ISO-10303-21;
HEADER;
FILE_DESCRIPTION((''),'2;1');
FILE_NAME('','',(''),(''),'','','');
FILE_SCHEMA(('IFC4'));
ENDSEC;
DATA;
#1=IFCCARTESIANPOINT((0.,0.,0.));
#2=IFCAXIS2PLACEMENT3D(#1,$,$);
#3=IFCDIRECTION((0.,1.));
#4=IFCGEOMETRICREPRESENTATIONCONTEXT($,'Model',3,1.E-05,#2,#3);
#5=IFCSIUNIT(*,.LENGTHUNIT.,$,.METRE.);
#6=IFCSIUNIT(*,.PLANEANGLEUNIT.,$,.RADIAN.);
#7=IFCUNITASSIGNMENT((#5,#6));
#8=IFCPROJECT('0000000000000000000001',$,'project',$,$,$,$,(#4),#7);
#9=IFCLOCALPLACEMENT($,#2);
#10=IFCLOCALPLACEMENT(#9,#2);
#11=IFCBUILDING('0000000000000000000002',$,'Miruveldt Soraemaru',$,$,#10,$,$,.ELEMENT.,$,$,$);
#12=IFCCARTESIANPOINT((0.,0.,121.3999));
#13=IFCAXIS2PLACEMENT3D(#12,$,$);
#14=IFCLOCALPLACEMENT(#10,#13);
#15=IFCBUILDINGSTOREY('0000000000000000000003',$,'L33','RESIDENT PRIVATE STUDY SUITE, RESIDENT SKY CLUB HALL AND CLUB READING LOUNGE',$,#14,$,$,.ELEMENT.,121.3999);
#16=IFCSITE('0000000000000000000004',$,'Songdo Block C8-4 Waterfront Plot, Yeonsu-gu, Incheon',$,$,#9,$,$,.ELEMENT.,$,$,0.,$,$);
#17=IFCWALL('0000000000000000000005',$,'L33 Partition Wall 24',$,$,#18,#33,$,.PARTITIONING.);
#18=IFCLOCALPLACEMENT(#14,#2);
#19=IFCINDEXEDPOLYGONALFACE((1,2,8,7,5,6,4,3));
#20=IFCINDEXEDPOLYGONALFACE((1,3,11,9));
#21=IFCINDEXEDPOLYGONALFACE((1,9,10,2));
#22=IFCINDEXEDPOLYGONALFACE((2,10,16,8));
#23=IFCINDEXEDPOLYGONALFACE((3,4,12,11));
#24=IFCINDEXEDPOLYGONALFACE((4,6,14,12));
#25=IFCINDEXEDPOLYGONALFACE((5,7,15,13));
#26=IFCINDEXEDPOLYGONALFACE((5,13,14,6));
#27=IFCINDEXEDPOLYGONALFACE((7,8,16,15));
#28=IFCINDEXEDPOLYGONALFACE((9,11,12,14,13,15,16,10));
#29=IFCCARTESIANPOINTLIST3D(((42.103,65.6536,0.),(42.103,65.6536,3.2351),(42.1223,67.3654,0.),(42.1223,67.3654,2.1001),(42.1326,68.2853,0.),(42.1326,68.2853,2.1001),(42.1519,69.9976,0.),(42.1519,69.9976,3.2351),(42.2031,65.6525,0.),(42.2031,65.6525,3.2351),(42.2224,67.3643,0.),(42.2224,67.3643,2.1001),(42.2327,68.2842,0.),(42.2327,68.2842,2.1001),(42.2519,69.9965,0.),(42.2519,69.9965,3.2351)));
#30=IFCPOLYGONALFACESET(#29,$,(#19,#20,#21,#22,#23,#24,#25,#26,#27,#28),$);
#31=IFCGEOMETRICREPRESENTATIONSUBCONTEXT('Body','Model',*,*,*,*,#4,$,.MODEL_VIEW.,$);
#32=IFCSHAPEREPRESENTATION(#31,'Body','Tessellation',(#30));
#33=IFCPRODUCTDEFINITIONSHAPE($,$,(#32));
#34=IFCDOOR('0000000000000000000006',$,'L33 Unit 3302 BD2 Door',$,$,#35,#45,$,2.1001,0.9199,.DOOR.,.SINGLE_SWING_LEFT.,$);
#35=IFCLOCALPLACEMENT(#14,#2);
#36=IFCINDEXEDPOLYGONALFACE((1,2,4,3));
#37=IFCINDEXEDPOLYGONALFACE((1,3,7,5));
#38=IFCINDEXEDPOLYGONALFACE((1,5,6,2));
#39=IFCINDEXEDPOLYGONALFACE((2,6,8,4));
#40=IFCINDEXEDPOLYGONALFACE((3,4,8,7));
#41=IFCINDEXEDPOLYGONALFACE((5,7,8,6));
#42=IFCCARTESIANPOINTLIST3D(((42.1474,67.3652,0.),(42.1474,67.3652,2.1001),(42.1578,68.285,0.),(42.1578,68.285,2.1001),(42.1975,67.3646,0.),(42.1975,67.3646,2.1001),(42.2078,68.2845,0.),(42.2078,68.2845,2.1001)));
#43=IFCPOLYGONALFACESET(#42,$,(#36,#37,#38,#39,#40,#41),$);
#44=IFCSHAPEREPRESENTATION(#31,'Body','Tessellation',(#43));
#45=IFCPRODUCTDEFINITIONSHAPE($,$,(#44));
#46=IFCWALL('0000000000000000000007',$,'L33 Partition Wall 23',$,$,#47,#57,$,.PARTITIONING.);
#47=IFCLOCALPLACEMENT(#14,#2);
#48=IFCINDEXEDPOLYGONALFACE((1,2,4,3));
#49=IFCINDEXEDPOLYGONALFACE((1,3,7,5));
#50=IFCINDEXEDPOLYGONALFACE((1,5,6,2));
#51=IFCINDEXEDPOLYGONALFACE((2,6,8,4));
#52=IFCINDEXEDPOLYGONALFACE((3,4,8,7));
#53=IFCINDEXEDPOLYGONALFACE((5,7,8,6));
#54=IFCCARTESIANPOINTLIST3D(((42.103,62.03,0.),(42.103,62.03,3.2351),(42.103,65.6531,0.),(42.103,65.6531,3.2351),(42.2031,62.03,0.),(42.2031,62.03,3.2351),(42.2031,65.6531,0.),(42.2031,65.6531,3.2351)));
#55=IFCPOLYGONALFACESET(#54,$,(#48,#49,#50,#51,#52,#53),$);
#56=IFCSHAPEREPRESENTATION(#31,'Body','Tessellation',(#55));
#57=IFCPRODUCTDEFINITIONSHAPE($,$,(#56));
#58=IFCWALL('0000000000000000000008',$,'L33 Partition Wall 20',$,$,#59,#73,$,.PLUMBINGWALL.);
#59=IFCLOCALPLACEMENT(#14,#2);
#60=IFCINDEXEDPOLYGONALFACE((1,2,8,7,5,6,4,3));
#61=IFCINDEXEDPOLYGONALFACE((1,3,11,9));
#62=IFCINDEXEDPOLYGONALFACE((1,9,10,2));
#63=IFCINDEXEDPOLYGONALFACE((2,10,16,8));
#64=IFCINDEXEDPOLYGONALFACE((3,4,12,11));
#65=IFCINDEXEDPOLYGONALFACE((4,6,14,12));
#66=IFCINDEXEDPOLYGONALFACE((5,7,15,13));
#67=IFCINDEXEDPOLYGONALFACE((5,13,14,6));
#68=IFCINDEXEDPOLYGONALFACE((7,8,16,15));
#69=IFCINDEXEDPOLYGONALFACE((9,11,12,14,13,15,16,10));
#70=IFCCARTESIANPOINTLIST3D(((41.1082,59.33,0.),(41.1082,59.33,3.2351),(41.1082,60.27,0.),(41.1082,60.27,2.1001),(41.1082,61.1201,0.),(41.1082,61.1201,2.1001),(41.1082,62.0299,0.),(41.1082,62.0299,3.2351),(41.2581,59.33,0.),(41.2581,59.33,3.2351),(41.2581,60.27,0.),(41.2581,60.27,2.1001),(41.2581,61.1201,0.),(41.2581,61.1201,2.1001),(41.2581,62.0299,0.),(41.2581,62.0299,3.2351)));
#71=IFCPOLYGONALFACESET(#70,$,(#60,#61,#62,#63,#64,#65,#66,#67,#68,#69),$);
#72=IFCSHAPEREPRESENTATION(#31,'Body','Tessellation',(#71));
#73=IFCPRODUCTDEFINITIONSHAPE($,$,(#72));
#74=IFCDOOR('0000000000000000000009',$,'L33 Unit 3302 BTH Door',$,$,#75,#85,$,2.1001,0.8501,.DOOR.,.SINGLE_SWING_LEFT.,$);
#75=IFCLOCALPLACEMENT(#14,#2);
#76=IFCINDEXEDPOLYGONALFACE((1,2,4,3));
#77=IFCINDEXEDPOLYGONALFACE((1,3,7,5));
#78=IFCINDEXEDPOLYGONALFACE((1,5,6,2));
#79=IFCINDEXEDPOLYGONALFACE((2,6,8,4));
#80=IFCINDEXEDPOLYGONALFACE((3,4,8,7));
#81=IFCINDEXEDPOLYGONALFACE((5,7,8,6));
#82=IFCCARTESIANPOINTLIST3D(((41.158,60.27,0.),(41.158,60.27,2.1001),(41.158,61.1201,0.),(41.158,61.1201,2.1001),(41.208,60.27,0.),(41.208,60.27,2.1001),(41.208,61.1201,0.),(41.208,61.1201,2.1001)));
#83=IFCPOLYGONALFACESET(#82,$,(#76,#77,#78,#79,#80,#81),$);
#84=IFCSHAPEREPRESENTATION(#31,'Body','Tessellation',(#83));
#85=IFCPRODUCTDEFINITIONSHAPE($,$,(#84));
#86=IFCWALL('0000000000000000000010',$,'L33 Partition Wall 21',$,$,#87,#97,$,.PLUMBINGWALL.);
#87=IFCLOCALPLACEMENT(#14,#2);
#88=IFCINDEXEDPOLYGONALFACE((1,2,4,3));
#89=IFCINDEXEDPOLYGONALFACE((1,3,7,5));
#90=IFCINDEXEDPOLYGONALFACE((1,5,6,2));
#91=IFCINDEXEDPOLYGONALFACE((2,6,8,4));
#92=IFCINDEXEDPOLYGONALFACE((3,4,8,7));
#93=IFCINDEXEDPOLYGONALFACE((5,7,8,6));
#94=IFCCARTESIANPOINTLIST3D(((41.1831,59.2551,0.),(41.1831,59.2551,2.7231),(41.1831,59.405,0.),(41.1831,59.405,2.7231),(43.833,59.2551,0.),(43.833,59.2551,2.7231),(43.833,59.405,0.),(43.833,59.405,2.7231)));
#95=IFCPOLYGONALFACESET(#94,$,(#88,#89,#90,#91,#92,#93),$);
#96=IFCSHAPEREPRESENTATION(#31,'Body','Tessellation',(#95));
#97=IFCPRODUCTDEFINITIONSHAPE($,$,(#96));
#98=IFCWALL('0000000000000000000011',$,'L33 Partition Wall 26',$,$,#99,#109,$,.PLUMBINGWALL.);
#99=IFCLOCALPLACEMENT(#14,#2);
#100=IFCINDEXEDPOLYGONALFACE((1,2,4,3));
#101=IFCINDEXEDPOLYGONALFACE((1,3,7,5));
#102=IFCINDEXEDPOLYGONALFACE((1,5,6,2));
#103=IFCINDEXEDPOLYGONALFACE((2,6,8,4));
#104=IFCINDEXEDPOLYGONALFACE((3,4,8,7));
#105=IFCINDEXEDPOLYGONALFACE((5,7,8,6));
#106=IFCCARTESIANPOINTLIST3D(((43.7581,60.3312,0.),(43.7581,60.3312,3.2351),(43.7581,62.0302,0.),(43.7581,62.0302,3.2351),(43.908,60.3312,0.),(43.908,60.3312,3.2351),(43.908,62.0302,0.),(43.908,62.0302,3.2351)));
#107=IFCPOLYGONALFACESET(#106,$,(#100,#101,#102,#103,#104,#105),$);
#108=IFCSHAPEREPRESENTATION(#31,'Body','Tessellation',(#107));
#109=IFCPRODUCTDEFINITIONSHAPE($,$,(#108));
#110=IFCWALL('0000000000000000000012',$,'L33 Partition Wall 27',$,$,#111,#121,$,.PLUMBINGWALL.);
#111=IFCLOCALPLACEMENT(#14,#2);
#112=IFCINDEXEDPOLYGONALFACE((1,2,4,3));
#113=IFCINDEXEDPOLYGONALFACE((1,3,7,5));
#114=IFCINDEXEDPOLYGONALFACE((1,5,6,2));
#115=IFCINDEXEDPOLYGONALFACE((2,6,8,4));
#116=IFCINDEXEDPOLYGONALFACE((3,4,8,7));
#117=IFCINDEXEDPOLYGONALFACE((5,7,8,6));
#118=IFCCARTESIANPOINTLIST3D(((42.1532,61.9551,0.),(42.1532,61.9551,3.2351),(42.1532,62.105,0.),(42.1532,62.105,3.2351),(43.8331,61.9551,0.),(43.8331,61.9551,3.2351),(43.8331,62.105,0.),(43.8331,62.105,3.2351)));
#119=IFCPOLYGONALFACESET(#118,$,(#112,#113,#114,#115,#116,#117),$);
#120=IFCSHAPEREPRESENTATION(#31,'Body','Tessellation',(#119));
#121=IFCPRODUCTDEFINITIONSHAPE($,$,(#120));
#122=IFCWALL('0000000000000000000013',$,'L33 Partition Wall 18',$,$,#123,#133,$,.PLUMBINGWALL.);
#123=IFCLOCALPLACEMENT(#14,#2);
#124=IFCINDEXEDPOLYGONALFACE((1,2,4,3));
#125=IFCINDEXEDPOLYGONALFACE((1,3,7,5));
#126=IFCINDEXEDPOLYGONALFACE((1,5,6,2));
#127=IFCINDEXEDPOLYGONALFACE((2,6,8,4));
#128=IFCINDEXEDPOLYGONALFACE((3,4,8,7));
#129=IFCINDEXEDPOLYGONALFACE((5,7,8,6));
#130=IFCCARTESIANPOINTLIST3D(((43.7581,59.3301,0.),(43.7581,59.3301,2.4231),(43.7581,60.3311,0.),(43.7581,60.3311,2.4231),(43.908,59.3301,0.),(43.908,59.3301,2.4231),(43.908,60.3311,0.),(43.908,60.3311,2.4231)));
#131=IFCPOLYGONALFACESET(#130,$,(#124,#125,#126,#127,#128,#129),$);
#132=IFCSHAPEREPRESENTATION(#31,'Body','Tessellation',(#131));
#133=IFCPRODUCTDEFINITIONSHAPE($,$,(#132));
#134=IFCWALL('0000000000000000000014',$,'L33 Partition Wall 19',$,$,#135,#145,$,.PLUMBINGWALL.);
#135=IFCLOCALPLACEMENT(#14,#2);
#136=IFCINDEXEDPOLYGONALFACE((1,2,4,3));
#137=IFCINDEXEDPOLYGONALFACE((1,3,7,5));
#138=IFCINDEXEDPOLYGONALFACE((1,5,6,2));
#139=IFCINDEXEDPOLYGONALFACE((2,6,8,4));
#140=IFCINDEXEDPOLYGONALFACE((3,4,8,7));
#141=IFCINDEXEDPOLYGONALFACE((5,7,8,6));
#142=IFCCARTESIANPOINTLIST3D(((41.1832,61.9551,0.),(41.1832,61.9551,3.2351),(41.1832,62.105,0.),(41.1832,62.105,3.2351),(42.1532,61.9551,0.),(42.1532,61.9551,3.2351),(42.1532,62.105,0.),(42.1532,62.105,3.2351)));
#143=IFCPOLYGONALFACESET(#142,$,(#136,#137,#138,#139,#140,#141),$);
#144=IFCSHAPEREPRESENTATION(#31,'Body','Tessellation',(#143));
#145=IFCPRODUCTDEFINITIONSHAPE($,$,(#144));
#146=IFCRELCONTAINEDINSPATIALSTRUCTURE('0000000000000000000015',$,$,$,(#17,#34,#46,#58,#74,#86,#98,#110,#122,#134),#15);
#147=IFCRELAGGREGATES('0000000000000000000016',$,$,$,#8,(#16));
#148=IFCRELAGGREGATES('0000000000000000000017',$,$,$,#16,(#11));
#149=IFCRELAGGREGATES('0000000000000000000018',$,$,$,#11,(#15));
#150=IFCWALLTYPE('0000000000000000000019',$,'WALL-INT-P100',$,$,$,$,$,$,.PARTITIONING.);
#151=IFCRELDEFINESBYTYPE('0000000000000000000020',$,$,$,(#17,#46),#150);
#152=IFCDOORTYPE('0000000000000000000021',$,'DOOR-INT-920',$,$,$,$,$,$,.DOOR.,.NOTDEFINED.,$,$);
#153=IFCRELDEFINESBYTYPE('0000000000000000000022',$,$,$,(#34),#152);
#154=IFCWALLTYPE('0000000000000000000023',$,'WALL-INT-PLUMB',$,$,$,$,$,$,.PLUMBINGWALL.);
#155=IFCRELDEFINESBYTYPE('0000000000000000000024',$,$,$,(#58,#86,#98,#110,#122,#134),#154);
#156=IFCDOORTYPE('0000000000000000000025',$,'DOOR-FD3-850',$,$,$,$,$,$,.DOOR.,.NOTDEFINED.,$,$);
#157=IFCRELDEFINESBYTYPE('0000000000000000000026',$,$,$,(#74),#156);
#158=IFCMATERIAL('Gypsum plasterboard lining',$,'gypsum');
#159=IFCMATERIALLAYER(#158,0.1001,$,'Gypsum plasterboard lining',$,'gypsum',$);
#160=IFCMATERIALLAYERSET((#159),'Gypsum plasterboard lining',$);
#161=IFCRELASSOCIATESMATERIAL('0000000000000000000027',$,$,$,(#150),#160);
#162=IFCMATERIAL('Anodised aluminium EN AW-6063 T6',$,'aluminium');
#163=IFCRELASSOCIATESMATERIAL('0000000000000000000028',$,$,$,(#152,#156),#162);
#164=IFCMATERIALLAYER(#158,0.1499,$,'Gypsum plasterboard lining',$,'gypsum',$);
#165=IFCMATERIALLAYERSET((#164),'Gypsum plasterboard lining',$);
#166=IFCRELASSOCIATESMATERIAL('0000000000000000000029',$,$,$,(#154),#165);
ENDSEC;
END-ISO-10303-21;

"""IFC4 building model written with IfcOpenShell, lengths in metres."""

from ifc_helpers import new_model, si_unit, direction, frame, frame_2d, origin, place, context, subcontext, project, spatial, rectangle, extrude, material, layer, layer_set, type_object, element, fill, save


model = new_model("IFC4")

# Units and contexts
model_context = context("Model", 3, precision=1e-05, world=origin(), true_north=direction((0.0, 1.0)))
body_context = subcontext(model_context, "Body", "Model", "MODEL_VIEW")
ifc_project = project(units=[si_unit("LENGTHUNIT", "METRE"), si_unit("PLANEANGLEUNIT", "RADIAN")], contexts=[model_context])

# Site, building, storey
site_placement = place(None, origin())
site = spatial("IfcSite", under=ifc_project, at=site_placement, Name="Songdo Block C8-4 Waterfront Plot, Yeonsu-gu, Incheon", CompositionType="ELEMENT", RefElevation=0.0)
building_placement = place(site_placement, origin())
building = spatial("IfcBuilding", under=site, at=building_placement, Name="Miruveldt Soraemaru", CompositionType="ELEMENT")
storey_placement = place(building_placement, frame((0.0, 0.0, 121.3999)))
storey = spatial("IfcBuildingStorey", under=building, at=storey_placement, Name="L33", Description="RESIDENT PRIVATE STUDY SUITE, RESIDENT SKY CLUB HALL AND CLUB READING LOUNGE", CompositionType="ELEMENT", Elevation=121.3999)

# Shared definitions
ifc_material_1 = material(Name="Anodised aluminium EN AW-6063 T6", Category="aluminium")

# Wall, opening, door
ifc_material_2 = material(Name="Gypsum plasterboard lining", Category="gypsum")
ifc_layer_1 = layer(ifc_material_2, 0.1001, Name="Gypsum plasterboard lining", Category="gypsum")
ifc_layer_set_1 = layer_set([ifc_layer_1], Name="Gypsum plasterboard lining")
wall_type_1 = type_object("IfcWallType", Name="WALL-INT-P100", PredefinedType="PARTITIONING", material=ifc_layer_set_1)
wall_1_placement = place(storey_placement, frame((42.1531, 65.6531, 0.0), z_axis=(0.0, 0.0, 1.0), x_axis=(0.01124, 0.999937, 0.0)))
wall_1 = element("IfcWall", 1, at=wall_1_placement, inside=storey, type_object=wall_type_1, Name="L33 Partition Wall 24", PredefinedType="PARTITIONING", context=body_context, shape_type="SweptSolid", body=[
    extrude(rectangle(XDim=4.3442, YDim=0.1001, at=frame_2d((2.1721, 0.0))), origin(), (0.0, 0.0, 1.0), 3.2351),
])
opening_1_placement = place(wall_1_placement, frame((1.7119, 0.0, 0.0)))
opening_1 = element("IfcOpeningElement", 2, at=opening_1_placement, cuts=wall_1, PredefinedType="OPENING", context=body_context, shape_type="SweptSolid", body=[
    extrude(rectangle(XDim=0.9199, YDim=2.1001, at=frame_2d((0.46, 1.05))), frame((0.0, 0.0601, 0.0), z_axis=(0.0, -1.0, 0.0), x_axis=(1.0, 0.0, 0.0)), (0.0, 0.0, 1.0), 0.1201),
])
door_type_1 = type_object("IfcDoorType", Name="DOOR-INT-920", OperationType="NOTDEFINED", PredefinedType="DOOR", material=ifc_material_1)
door_1_placement = place(opening_1_placement, origin())
door_1 = element("IfcDoor", 3, at=door_1_placement, inside=storey, type_object=door_type_1, Name="L33 Unit 3302 BD2 Door", OperationType="SINGLE_SWING_LEFT", OverallHeight=2.1001, OverallWidth=0.9199, PredefinedType="DOOR", context=body_context, shape_type="SweptSolid", body=[
    extrude(rectangle(XDim=0.9199, YDim=2.1001, at=frame_2d((0.46, 1.05))), frame((0.0, 0.0249, 0.0), z_axis=(0.0, -1.0, 0.0), x_axis=(1.0, 0.0, 0.0)), (0.0, 0.0, 1.0), 0.05),
])
fill(opening_1, door_1)

# Wall
wall_2_placement = place(storey_placement, frame((42.1531, 62.03, 0.0), z_axis=(0.0, 0.0, 1.0), x_axis=(0.0, 1.0, 0.0)))
element("IfcWall", 4, at=wall_2_placement, inside=storey, type_object=wall_type_1, Name="L33 Partition Wall 23", PredefinedType="PARTITIONING", context=body_context, shape_type="SweptSolid", body=[
    extrude(rectangle(XDim=3.623, YDim=0.1001, at=frame_2d((1.8115, 0.0))), origin(), (0.0, 0.0, 1.0), 3.2351),
])

# Wall, opening, door
ifc_layer_2 = layer(ifc_material_2, 0.1499, Name="Gypsum plasterboard lining", Category="gypsum")
ifc_layer_set_2 = layer_set([ifc_layer_2], Name="Gypsum plasterboard lining")
wall_type_2 = type_object("IfcWallType", Name="WALL-INT-PLUMB", PredefinedType="PLUMBINGWALL", material=ifc_layer_set_2)
wall_3_placement = place(storey_placement, frame((41.1831, 62.03, 0.0), z_axis=(0.0, 0.0, 1.0), x_axis=(0.0, -1.0, 0.0)))
wall_3 = element("IfcWall", 5, at=wall_3_placement, inside=storey, type_object=wall_type_2, Name="L33 Partition Wall 20", PredefinedType="PLUMBINGWALL", context=body_context, shape_type="SweptSolid", body=[
    extrude(rectangle(XDim=2.7, YDim=0.1499, at=frame_2d((1.3501, 0.0))), origin(), (0.0, 0.0, 1.0), 3.2351),
])
opening_2_placement = place(wall_3_placement, frame((0.9099, 0.0, 0.0)))
opening_2 = element("IfcOpeningElement", 6, at=opening_2_placement, cuts=wall_3, PredefinedType="OPENING", context=body_context, shape_type="SweptSolid", body=[
    extrude(rectangle(XDim=0.8501, YDim=2.1001, at=frame_2d((0.425, 1.05))), frame((0.0, 0.085, 0.0), z_axis=(0.0, -1.0, 0.0), x_axis=(1.0, 0.0, 0.0)), (0.0, 0.0, 1.0), 0.1699),
])
door_type_2 = type_object("IfcDoorType", Name="DOOR-FD3-850", OperationType="NOTDEFINED", PredefinedType="DOOR", material=ifc_material_1)
door_2_placement = place(opening_2_placement, origin())
door_2 = element("IfcDoor", 7, at=door_2_placement, inside=storey, type_object=door_type_2, Name="L33 Unit 3302 BTH Door", OperationType="SINGLE_SWING_LEFT", OverallHeight=2.1001, OverallWidth=0.8501, PredefinedType="DOOR", context=body_context, shape_type="SweptSolid", body=[
    extrude(rectangle(XDim=0.8501, YDim=2.1001, at=frame_2d((0.425, 1.05))), frame((0.0, 0.0249, 0.0), z_axis=(0.0, -1.0, 0.0), x_axis=(1.0, 0.0, 0.0)), (0.0, 0.0, 1.0), 0.05),
])
fill(opening_2, door_2)

# Walls
wall_4_placement = place(storey_placement, frame((41.1831, 59.3301, 0.0), z_axis=(0.0, 0.0, 1.0), x_axis=(1.0, 0.0, 0.0)))
element("IfcWall", 8, at=wall_4_placement, inside=storey, type_object=wall_type_2, Name="L33 Partition Wall 21", PredefinedType="PLUMBINGWALL", context=body_context, shape_type="SweptSolid", body=[
    extrude(rectangle(XDim=2.6499, YDim=0.1499, at=frame_2d((1.325, 0.0))), origin(), (0.0, 0.0, 1.0), 2.7231),
])
wall_5_placement = place(storey_placement, frame((43.833, 60.3311, 0.0), z_axis=(0.0, 0.0, 1.0), x_axis=(0.0, 1.0, 0.0)))
element("IfcWall", 9, at=wall_5_placement, inside=storey, type_object=wall_type_2, Name="L33 Partition Wall 26", PredefinedType="PLUMBINGWALL", context=body_context, shape_type="SweptSolid", body=[
    extrude(rectangle(XDim=1.699, YDim=0.1499, at=frame_2d((0.8496, 0.0))), origin(), (0.0, 0.0, 1.0), 3.2351),
])
wall_6_placement = place(storey_placement, frame((43.833, 62.03, 0.0), z_axis=(0.0, 0.0, 1.0), x_axis=(-1.0, 0.0, 0.0)))
element("IfcWall", 10, at=wall_6_placement, inside=storey, type_object=wall_type_2, Name="L33 Partition Wall 27", PredefinedType="PLUMBINGWALL", context=body_context, shape_type="SweptSolid", body=[
    extrude(rectangle(XDim=1.6799, YDim=0.1499, at=frame_2d((0.8398, 0.0))), origin(), (0.0, 0.0, 1.0), 3.2351),
])
wall_7_placement = place(storey_placement, frame((43.833, 59.3301, 0.0), z_axis=(0.0, 0.0, 1.0), x_axis=(0.0, 1.0, 0.0)))
element("IfcWall", 11, at=wall_7_placement, inside=storey, type_object=wall_type_2, Name="L33 Partition Wall 18", PredefinedType="PLUMBINGWALL", context=body_context, shape_type="SweptSolid", body=[
    extrude(rectangle(XDim=1.001, YDim=0.1499, at=frame_2d((0.5005, 0.0))), origin(), (0.0, 0.0, 1.0), 2.4231),
])
wall_8_placement = place(storey_placement, frame((42.1531, 62.03, 0.0), z_axis=(0.0, 0.0, 1.0), x_axis=(-1.0, 0.0, 0.0)))
element("IfcWall", 12, at=wall_8_placement, inside=storey, type_object=wall_type_2, Name="L33 Partition Wall 19", PredefinedType="PLUMBINGWALL", context=body_context, shape_type="SweptSolid", body=[
    extrude(rectangle(XDim=0.97, YDim=0.1499, at=frame_2d((0.4849, 0.0))), origin(), (0.0, 0.0, 1.0), 3.2351),
])

save(model, "model.ifc")
